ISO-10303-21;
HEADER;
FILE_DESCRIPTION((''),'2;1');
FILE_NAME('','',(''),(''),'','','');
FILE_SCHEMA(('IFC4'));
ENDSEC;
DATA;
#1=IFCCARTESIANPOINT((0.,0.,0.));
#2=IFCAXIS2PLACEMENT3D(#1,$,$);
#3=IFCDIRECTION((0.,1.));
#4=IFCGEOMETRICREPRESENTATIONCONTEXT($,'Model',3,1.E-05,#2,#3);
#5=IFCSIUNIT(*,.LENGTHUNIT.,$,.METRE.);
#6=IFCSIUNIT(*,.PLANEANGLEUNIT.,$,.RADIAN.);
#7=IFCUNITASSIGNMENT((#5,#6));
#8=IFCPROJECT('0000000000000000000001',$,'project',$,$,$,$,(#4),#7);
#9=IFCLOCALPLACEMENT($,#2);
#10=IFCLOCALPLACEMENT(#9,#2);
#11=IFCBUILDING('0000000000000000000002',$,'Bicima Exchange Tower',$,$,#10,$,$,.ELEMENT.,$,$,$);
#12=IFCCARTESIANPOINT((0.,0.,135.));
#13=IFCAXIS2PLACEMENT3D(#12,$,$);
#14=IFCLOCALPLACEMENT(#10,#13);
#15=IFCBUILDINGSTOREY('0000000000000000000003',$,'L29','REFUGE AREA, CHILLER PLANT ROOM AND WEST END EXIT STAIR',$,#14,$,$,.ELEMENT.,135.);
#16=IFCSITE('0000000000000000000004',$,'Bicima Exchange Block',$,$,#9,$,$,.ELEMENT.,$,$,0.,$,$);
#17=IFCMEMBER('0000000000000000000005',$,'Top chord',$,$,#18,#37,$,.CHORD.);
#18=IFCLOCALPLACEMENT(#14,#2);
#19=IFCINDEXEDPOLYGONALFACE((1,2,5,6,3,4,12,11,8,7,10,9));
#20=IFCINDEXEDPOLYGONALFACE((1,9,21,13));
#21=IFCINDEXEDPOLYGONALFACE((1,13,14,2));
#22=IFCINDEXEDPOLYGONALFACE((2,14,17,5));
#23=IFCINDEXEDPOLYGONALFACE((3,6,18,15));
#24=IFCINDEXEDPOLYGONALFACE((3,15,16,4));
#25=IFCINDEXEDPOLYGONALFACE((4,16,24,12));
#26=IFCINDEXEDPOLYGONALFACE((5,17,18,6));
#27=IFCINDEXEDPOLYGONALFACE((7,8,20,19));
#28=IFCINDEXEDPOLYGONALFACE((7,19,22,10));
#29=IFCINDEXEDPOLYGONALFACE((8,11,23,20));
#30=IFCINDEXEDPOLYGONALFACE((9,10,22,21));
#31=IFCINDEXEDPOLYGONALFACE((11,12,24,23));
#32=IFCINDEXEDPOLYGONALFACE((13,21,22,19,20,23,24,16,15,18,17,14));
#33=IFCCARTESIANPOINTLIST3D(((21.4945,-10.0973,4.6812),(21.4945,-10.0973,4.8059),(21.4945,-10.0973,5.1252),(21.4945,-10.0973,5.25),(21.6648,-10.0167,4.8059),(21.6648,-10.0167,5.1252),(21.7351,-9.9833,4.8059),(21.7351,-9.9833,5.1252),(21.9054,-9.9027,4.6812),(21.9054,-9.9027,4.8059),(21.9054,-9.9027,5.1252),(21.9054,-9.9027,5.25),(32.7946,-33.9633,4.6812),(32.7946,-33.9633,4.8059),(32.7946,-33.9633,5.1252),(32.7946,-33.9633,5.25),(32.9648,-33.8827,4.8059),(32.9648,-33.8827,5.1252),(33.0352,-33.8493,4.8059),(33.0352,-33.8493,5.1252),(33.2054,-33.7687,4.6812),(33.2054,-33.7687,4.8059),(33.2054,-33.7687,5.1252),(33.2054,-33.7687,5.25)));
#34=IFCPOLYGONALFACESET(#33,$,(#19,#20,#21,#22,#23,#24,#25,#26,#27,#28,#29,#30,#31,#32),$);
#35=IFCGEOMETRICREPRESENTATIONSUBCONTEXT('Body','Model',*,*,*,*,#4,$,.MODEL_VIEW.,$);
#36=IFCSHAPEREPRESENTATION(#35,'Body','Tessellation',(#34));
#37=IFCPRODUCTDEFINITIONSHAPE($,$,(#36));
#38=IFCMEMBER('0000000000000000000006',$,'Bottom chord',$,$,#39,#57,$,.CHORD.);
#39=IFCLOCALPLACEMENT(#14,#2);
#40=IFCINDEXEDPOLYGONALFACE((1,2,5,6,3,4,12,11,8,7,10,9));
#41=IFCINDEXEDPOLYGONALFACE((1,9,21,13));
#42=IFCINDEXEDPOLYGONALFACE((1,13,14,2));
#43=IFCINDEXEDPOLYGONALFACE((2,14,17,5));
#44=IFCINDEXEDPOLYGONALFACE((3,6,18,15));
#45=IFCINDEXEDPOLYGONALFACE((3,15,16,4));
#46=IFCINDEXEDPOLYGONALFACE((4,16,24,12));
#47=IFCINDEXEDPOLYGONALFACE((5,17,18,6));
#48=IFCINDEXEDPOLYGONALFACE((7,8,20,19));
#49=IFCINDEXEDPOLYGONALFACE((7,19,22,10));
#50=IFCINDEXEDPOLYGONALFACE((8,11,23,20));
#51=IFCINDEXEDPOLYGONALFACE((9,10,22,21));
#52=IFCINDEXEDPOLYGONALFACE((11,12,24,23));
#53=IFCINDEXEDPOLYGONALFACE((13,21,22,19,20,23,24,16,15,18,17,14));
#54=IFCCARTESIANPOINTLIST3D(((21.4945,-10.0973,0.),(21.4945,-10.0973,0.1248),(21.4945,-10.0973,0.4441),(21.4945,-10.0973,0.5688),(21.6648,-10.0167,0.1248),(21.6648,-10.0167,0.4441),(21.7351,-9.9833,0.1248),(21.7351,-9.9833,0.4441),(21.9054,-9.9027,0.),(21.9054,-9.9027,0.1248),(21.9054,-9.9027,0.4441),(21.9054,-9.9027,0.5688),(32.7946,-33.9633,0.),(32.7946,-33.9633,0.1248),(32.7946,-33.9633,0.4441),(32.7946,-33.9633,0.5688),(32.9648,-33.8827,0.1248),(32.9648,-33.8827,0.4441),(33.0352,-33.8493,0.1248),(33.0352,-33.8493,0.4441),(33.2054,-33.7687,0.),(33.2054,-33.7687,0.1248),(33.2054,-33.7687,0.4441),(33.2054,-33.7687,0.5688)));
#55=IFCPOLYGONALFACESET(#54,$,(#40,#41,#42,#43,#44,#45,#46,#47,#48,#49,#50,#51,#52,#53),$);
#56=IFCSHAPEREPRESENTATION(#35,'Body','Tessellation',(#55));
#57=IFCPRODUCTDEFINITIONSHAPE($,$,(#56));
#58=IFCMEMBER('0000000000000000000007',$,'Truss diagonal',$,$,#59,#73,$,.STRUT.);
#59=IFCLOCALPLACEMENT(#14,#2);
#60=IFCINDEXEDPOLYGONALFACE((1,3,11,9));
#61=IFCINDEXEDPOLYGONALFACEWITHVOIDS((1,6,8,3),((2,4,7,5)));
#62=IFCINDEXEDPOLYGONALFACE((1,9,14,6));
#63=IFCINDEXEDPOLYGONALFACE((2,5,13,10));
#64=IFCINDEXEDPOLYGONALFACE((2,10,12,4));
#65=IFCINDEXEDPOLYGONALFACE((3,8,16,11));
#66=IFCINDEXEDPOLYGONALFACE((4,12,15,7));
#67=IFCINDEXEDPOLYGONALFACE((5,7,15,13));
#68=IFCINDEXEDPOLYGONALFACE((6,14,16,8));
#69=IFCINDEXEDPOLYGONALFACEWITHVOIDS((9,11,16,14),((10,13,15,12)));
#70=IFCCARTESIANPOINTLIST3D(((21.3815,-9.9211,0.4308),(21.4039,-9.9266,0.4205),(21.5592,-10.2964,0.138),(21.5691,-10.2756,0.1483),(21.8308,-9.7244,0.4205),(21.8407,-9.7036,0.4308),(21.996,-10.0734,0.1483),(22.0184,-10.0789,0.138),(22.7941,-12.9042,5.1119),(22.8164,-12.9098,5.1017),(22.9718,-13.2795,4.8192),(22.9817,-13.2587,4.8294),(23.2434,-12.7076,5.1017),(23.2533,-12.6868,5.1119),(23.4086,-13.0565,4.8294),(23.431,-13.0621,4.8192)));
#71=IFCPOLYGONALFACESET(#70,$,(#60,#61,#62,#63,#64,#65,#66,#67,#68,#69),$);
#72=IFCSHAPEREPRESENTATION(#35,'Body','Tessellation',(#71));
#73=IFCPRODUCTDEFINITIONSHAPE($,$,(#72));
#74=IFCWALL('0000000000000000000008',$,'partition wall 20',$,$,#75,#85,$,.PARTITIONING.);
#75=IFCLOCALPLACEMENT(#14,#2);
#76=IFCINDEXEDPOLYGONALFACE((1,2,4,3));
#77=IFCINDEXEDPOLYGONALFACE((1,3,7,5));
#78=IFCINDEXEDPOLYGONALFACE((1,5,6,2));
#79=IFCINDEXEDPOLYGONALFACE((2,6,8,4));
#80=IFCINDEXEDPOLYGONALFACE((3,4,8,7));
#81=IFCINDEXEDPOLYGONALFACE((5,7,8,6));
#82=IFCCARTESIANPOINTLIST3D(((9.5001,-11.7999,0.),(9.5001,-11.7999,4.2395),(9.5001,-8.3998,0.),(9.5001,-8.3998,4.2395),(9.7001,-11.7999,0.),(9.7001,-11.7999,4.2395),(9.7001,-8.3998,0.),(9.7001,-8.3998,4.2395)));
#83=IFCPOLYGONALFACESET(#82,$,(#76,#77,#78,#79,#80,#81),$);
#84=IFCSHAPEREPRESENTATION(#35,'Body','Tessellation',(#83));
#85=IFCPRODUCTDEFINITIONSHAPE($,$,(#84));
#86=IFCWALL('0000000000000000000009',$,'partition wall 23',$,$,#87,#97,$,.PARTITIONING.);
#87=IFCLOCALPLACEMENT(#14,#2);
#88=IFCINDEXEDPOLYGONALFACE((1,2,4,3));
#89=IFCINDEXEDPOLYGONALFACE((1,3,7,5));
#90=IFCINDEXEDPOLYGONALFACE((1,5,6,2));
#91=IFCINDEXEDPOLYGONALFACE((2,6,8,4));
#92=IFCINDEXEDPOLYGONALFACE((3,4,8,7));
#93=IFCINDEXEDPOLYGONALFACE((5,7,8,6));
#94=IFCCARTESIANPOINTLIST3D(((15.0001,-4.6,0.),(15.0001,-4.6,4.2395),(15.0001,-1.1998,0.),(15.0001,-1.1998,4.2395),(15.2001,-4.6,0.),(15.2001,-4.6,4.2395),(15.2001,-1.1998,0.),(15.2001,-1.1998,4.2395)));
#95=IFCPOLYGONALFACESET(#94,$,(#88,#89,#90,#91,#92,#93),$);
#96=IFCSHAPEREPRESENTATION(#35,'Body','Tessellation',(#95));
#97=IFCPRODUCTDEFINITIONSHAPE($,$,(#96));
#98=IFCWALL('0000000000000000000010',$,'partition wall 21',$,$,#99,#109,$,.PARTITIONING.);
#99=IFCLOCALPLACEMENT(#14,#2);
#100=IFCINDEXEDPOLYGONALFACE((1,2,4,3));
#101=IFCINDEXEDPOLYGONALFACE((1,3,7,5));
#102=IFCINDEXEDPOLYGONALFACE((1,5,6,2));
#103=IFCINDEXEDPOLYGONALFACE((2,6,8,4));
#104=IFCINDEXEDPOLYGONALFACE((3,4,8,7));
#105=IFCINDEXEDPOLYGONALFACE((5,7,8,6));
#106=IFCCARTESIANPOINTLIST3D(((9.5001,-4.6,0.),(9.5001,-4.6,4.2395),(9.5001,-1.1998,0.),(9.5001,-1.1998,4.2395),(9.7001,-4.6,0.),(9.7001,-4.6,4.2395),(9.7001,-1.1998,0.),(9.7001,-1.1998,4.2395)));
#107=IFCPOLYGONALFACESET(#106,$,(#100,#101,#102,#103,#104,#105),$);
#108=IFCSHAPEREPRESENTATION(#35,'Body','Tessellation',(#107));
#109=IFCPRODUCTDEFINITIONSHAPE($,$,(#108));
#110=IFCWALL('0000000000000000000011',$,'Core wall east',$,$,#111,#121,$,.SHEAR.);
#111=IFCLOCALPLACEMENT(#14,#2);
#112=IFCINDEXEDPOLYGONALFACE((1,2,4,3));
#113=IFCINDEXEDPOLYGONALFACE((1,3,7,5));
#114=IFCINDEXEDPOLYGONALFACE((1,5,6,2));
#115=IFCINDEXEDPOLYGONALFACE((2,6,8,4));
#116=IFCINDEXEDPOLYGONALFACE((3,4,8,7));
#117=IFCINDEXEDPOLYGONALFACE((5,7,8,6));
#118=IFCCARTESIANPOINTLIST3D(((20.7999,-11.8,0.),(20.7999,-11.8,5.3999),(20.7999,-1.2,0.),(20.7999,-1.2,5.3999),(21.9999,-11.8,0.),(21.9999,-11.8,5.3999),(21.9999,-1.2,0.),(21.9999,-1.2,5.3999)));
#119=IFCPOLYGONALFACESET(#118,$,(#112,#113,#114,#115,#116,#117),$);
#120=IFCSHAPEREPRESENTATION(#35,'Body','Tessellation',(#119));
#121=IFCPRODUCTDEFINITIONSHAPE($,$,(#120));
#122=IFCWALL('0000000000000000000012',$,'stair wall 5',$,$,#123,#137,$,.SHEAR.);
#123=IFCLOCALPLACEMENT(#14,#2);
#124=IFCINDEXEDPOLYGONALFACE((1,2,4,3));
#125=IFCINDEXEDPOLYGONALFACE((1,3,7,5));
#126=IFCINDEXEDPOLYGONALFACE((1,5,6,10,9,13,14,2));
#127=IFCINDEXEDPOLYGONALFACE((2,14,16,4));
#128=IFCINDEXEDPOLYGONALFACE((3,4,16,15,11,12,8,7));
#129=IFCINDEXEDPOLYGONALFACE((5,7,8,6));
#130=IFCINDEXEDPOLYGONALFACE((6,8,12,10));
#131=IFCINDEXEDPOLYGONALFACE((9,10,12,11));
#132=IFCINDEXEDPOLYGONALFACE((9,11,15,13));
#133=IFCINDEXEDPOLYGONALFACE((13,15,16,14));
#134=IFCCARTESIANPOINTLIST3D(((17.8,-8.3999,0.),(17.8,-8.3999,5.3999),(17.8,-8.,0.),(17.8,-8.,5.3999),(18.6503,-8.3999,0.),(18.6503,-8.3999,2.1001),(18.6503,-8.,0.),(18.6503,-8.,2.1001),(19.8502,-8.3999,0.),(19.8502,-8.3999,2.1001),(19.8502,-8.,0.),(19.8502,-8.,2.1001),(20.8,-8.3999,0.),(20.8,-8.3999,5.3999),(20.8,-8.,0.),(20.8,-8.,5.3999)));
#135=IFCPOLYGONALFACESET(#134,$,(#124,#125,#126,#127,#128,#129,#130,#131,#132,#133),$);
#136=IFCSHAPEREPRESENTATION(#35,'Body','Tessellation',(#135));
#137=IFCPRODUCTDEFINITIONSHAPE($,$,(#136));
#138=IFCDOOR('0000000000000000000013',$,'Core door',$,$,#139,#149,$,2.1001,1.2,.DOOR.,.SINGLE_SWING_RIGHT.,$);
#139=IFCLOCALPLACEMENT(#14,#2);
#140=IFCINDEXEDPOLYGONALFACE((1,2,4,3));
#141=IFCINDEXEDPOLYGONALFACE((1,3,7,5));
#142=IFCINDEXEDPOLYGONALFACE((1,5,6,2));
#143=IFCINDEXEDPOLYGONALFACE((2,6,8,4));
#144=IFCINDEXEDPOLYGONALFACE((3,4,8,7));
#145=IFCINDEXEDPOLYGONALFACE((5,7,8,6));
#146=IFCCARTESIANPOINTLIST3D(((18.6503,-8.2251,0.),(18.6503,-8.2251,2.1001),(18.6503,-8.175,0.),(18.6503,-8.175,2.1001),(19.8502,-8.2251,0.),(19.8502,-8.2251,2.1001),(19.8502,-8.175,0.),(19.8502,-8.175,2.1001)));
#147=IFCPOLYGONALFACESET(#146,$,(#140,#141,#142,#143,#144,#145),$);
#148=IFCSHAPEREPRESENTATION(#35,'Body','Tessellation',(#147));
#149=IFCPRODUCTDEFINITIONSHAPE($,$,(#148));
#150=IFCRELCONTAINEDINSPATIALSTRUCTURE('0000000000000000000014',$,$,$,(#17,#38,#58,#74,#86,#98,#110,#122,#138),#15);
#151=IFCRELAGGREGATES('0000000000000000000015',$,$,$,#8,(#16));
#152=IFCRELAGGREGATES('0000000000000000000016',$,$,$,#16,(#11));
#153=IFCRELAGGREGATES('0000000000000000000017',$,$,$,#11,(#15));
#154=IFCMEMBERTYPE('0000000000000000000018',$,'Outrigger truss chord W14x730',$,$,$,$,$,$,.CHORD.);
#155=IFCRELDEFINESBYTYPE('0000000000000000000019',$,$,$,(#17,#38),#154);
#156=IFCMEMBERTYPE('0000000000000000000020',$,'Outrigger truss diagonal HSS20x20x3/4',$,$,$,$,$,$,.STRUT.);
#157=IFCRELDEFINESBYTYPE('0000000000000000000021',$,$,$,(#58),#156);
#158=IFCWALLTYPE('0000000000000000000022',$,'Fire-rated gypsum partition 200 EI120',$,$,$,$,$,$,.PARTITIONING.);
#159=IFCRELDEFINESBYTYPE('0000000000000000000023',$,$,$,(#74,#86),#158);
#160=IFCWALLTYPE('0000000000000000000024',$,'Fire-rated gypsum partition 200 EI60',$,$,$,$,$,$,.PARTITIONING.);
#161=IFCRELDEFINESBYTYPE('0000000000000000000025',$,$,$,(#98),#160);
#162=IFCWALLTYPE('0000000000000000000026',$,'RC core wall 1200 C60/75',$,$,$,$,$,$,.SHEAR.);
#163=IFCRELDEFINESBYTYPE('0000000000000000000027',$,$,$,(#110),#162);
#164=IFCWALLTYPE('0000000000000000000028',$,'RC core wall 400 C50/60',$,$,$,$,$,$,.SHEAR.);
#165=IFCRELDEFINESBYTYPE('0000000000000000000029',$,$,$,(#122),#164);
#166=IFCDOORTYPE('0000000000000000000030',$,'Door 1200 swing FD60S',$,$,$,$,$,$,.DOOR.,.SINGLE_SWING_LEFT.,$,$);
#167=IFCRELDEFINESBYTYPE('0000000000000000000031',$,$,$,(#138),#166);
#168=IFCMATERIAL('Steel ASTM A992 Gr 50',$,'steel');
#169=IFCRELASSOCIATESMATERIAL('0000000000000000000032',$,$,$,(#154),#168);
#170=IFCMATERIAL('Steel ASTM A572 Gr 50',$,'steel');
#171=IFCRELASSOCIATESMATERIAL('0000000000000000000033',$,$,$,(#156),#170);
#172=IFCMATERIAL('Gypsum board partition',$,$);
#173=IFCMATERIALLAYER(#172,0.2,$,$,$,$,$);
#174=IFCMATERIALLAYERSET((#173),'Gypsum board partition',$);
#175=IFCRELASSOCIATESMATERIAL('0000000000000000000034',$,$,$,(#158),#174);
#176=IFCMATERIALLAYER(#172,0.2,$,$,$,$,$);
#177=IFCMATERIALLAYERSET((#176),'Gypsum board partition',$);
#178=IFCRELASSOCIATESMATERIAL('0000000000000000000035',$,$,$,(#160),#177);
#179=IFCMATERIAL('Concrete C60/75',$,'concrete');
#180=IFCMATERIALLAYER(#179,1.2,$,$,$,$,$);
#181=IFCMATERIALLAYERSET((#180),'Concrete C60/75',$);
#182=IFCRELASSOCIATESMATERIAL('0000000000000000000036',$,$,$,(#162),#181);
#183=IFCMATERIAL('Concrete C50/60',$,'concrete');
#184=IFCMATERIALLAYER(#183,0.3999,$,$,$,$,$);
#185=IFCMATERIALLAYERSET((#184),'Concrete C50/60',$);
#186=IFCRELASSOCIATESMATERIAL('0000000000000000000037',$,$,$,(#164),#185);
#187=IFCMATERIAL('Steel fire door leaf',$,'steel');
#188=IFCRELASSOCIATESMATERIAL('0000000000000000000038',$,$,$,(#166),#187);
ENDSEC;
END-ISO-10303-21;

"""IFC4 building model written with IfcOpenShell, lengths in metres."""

from ifc_helpers import new_model, si_unit, direction, frame, frame_2d, origin, origin_2d, place, context, subcontext, project, spatial, rectangle, hollow_rectangle, i_section, extrude, material, layer, layer_set, material_profile, profile_set, type_object, element, fill, save


model = new_model("IFC4")

# Units and contexts
model_context = context("Model", 3, precision=1e-05, world=origin(), true_north=direction((0.0, 1.0)))
body_context = subcontext(model_context, "Body", "Model", "MODEL_VIEW")
ifc_project = project(units=[si_unit("LENGTHUNIT", "METRE"), si_unit("PLANEANGLEUNIT", "RADIAN")], contexts=[model_context])

# Site, building, storey
site_placement = place(None, origin())
site = spatial("IfcSite", under=ifc_project, at=site_placement, Name="Bicima Exchange Block", CompositionType="ELEMENT", RefElevation=0.0)
building_placement = place(site_placement, origin())
building = spatial("IfcBuilding", under=site, at=building_placement, Name="Bicima Exchange Tower", CompositionType="ELEMENT")
storey_placement = place(building_placement, frame((0.0, 0.0, 135.0)))
storey = spatial("IfcBuildingStorey", under=building, at=storey_placement, Name="L29", Description="REFUGE AREA, CHILLER PLANT ROOM AND WEST END EXIT STAIR", CompositionType="ELEMENT", Elevation=135.0)

# Members
ifc_material_1 = material(Name="Steel ASTM A992 Gr 50", Category="steel")
ifc_material_profile_1 = material_profile(ifc_material_1, i_section(OverallWidth=0.4546, OverallDepth=0.5688, WebThickness=0.0779, FlangeThickness=0.1248, at=origin_2d()))
ifc_profile_set_1 = profile_set([ifc_material_profile_1], Name="Steel ASTM A992 Gr 50")
member_type_1 = type_object("IfcMemberType", Name="Outrigger truss chord W14x730", PredefinedType="CHORD", material=ifc_profile_set_1)
for number, where, z_axis, x_axis, name in (
    (1, (21.7, -10.0, 4.9656), (0.427935, -0.903809, 0.0), (0.903809, 0.427935, 0.0), "Top chord"),
    (2, (21.7, -10.0, 0.2844), (0.427935, -0.903809, 0.0), (0.903809, 0.427935, 0.0), "Bottom chord"),
):
    element("IfcMember", number, at=place(storey_placement, frame(where, z_axis=z_axis, x_axis=x_axis)), inside=storey, type_object=member_type_1, Name=name, PredefinedType="CHORD", context=body_context, shape_type="SweptSolid", body=[
        extrude(i_section(OverallWidth=0.4546, OverallDepth=0.5688, WebThickness=0.0779, FlangeThickness=0.1248, at=origin_2d()), origin(), (0.0, 0.0, 1.0), 26.406),
    ])
ifc_material_2 = material(Name="Steel ASTM A572 Gr 50", Category="steel")
ifc_material_profile_2 = material_profile(ifc_material_2, hollow_rectangle(XDim=0.5081, YDim=0.5081, WallThickness=0.0178, at=origin_2d()))
ifc_profile_set_2 = profile_set([ifc_material_profile_2], Name="Steel ASTM A572 Gr 50")
member_type_2 = type_object("IfcMemberType", Name="Outrigger truss diagonal HSS20x20x3/4", PredefinedType="STRUT", material=ifc_profile_set_2)
member_placement = place(storey_placement, frame((21.7, -10.0, 0.2844), z_axis=(0.246621, -0.520819, 0.817267), x_axis=(0.903794, 0.427969, 0.0)))
element("IfcMember", 3, at=member_placement, inside=storey, type_object=member_type_2, Name="Truss diagonal", PredefinedType="STRUT", context=body_context, shape_type="SweptSolid", body=[
    extrude(hollow_rectangle(XDim=0.5081, YDim=0.5081, WallThickness=0.0178, at=origin_2d()), origin(), (0.0, 0.0, 1.0), 5.7278),
])

# Walls
ifc_material_3 = material(Name="Gypsum board partition")
ifc_layer_1 = layer(ifc_material_3, 0.2)
ifc_layer_set_1 = layer_set([ifc_layer_1], Name="Gypsum board partition")
wall_type_1 = type_object("IfcWallType", Name="Fire-rated gypsum partition 200 EI120", PredefinedType="PARTITIONING", material=ifc_layer_set_1)
for number, where, z_axis, x_axis, name in (
    (4, (9.6001, -11.8, 0.0), (0.0, 0.0, 1.0), (0.0, 1.0, 0.0), "partition wall 20"),
    (5, (15.1001, -4.6001, 0.0), (0.0, 0.0, 1.0), (0.0, 1.0, 0.0), "partition wall 23"),
):
    element("IfcWall", number, at=place(storey_placement, frame(where, z_axis=z_axis, x_axis=x_axis)), inside=storey, type_object=wall_type_1, Name=name, PredefinedType="PARTITIONING", context=body_context, shape_type="SweptSolid", body=[
        extrude(rectangle(XDim=3.4001, YDim=0.2, at=frame_2d((1.7002, 0.0))), origin(), (0.0, 0.0, 1.0), 4.2395),
    ])
ifc_layer_2 = layer(ifc_material_3, 0.2)
ifc_layer_set_2 = layer_set([ifc_layer_2], Name="Gypsum board partition")
wall_type_2 = type_object("IfcWallType", Name="Fire-rated gypsum partition 200 EI60", PredefinedType="PARTITIONING", material=ifc_layer_set_2)
wall_1_placement = place(storey_placement, frame((9.6001, -4.6001, 0.0), z_axis=(0.0, 0.0, 1.0), x_axis=(0.0, 1.0, 0.0)))
element("IfcWall", 6, at=wall_1_placement, inside=storey, type_object=wall_type_2, Name="partition wall 21", PredefinedType="PARTITIONING", context=body_context, shape_type="SweptSolid", body=[
    extrude(rectangle(XDim=3.4001, YDim=0.2, at=frame_2d((1.7002, 0.0))), origin(), (0.0, 0.0, 1.0), 4.2395),
])
ifc_material_4 = material(Name="Concrete C60/75", Category="concrete")
ifc_layer_3 = layer(ifc_material_4, 1.2)
ifc_layer_set_3 = layer_set([ifc_layer_3], Name="Concrete C60/75")
wall_type_3 = type_object("IfcWallType", Name="RC core wall 1200 C60/75", PredefinedType="SHEAR", material=ifc_layer_set_3)
wall_2_placement = place(storey_placement, frame((21.3999, -11.8, 0.0), z_axis=(0.0, 0.0, 1.0), x_axis=(0.0, 1.0, 0.0)))
element("IfcWall", 7, at=wall_2_placement, inside=storey, type_object=wall_type_3, Name="Core wall east", PredefinedType="SHEAR", context=body_context, shape_type="SweptSolid", body=[
    extrude(rectangle(XDim=10.6001, YDim=1.2, at=frame_2d((5.3, 0.0))), origin(), (0.0, 0.0, 1.0), 5.3999),
])

# Wall, opening, door
ifc_material_5 = material(Name="Concrete C50/60", Category="concrete")
ifc_layer_4 = layer(ifc_material_5, 0.3999)
ifc_layer_set_4 = layer_set([ifc_layer_4], Name="Concrete C50/60")
wall_type_4 = type_object("IfcWallType", Name="RC core wall 400 C50/60", PredefinedType="SHEAR", material=ifc_layer_set_4)
wall_3_placement = place(storey_placement, frame((17.8, -8.2, 0.0), z_axis=(0.0, 0.0, 1.0), x_axis=(1.0, 0.0, 0.0)))
wall_3 = element("IfcWall", 8, at=wall_3_placement, inside=storey, type_object=wall_type_4, Name="stair wall 5", PredefinedType="SHEAR", context=body_context, shape_type="SweptSolid", body=[
    extrude(rectangle(XDim=3.0, YDim=0.3999, at=frame_2d((1.5, 0.0))), origin(), (0.0, 0.0, 1.0), 5.3999),
])
opening_1_placement = place(wall_3_placement, frame((0.8501, 0.0, 0.0)))
opening_1 = element("IfcOpeningElement", 9, at=opening_1_placement, cuts=wall_3, PredefinedType="OPENING", context=body_context, shape_type="SweptSolid", body=[
    extrude(rectangle(XDim=1.2, YDim=2.1001, at=frame_2d((0.6001, 1.05))), frame((0.0, 0.2119, 0.0), z_axis=(0.0, -1.0, 0.0), x_axis=(1.0, 0.0, 0.0)), (0.0, 0.0, 1.0), 0.4238),
])
ifc_material_6 = material(Name="Steel fire door leaf", Category="steel")
door_type_1 = type_object("IfcDoorType", Name="Door 1200 swing FD60S", OperationType="SINGLE_SWING_LEFT", PredefinedType="DOOR", material=ifc_material_6)
door_1_placement = place(opening_1_placement, origin())
door_1 = element("IfcDoor", 10, at=door_1_placement, inside=storey, type_object=door_type_1, Name="Core door", OperationType="SINGLE_SWING_RIGHT", OverallHeight=2.1001, OverallWidth=1.2, PredefinedType="DOOR", context=body_context, shape_type="SweptSolid", body=[
    extrude(rectangle(XDim=1.2, YDim=2.1001, at=frame_2d((0.6001, 1.05))), frame((0.0, 0.0249, 0.0), z_axis=(0.0, -1.0, 0.0), x_axis=(1.0, 0.0, 0.0)), (0.0, 0.0, 1.0), 0.05),
])
fill(opening_1, door_1)

save(model, "model.ifc")
